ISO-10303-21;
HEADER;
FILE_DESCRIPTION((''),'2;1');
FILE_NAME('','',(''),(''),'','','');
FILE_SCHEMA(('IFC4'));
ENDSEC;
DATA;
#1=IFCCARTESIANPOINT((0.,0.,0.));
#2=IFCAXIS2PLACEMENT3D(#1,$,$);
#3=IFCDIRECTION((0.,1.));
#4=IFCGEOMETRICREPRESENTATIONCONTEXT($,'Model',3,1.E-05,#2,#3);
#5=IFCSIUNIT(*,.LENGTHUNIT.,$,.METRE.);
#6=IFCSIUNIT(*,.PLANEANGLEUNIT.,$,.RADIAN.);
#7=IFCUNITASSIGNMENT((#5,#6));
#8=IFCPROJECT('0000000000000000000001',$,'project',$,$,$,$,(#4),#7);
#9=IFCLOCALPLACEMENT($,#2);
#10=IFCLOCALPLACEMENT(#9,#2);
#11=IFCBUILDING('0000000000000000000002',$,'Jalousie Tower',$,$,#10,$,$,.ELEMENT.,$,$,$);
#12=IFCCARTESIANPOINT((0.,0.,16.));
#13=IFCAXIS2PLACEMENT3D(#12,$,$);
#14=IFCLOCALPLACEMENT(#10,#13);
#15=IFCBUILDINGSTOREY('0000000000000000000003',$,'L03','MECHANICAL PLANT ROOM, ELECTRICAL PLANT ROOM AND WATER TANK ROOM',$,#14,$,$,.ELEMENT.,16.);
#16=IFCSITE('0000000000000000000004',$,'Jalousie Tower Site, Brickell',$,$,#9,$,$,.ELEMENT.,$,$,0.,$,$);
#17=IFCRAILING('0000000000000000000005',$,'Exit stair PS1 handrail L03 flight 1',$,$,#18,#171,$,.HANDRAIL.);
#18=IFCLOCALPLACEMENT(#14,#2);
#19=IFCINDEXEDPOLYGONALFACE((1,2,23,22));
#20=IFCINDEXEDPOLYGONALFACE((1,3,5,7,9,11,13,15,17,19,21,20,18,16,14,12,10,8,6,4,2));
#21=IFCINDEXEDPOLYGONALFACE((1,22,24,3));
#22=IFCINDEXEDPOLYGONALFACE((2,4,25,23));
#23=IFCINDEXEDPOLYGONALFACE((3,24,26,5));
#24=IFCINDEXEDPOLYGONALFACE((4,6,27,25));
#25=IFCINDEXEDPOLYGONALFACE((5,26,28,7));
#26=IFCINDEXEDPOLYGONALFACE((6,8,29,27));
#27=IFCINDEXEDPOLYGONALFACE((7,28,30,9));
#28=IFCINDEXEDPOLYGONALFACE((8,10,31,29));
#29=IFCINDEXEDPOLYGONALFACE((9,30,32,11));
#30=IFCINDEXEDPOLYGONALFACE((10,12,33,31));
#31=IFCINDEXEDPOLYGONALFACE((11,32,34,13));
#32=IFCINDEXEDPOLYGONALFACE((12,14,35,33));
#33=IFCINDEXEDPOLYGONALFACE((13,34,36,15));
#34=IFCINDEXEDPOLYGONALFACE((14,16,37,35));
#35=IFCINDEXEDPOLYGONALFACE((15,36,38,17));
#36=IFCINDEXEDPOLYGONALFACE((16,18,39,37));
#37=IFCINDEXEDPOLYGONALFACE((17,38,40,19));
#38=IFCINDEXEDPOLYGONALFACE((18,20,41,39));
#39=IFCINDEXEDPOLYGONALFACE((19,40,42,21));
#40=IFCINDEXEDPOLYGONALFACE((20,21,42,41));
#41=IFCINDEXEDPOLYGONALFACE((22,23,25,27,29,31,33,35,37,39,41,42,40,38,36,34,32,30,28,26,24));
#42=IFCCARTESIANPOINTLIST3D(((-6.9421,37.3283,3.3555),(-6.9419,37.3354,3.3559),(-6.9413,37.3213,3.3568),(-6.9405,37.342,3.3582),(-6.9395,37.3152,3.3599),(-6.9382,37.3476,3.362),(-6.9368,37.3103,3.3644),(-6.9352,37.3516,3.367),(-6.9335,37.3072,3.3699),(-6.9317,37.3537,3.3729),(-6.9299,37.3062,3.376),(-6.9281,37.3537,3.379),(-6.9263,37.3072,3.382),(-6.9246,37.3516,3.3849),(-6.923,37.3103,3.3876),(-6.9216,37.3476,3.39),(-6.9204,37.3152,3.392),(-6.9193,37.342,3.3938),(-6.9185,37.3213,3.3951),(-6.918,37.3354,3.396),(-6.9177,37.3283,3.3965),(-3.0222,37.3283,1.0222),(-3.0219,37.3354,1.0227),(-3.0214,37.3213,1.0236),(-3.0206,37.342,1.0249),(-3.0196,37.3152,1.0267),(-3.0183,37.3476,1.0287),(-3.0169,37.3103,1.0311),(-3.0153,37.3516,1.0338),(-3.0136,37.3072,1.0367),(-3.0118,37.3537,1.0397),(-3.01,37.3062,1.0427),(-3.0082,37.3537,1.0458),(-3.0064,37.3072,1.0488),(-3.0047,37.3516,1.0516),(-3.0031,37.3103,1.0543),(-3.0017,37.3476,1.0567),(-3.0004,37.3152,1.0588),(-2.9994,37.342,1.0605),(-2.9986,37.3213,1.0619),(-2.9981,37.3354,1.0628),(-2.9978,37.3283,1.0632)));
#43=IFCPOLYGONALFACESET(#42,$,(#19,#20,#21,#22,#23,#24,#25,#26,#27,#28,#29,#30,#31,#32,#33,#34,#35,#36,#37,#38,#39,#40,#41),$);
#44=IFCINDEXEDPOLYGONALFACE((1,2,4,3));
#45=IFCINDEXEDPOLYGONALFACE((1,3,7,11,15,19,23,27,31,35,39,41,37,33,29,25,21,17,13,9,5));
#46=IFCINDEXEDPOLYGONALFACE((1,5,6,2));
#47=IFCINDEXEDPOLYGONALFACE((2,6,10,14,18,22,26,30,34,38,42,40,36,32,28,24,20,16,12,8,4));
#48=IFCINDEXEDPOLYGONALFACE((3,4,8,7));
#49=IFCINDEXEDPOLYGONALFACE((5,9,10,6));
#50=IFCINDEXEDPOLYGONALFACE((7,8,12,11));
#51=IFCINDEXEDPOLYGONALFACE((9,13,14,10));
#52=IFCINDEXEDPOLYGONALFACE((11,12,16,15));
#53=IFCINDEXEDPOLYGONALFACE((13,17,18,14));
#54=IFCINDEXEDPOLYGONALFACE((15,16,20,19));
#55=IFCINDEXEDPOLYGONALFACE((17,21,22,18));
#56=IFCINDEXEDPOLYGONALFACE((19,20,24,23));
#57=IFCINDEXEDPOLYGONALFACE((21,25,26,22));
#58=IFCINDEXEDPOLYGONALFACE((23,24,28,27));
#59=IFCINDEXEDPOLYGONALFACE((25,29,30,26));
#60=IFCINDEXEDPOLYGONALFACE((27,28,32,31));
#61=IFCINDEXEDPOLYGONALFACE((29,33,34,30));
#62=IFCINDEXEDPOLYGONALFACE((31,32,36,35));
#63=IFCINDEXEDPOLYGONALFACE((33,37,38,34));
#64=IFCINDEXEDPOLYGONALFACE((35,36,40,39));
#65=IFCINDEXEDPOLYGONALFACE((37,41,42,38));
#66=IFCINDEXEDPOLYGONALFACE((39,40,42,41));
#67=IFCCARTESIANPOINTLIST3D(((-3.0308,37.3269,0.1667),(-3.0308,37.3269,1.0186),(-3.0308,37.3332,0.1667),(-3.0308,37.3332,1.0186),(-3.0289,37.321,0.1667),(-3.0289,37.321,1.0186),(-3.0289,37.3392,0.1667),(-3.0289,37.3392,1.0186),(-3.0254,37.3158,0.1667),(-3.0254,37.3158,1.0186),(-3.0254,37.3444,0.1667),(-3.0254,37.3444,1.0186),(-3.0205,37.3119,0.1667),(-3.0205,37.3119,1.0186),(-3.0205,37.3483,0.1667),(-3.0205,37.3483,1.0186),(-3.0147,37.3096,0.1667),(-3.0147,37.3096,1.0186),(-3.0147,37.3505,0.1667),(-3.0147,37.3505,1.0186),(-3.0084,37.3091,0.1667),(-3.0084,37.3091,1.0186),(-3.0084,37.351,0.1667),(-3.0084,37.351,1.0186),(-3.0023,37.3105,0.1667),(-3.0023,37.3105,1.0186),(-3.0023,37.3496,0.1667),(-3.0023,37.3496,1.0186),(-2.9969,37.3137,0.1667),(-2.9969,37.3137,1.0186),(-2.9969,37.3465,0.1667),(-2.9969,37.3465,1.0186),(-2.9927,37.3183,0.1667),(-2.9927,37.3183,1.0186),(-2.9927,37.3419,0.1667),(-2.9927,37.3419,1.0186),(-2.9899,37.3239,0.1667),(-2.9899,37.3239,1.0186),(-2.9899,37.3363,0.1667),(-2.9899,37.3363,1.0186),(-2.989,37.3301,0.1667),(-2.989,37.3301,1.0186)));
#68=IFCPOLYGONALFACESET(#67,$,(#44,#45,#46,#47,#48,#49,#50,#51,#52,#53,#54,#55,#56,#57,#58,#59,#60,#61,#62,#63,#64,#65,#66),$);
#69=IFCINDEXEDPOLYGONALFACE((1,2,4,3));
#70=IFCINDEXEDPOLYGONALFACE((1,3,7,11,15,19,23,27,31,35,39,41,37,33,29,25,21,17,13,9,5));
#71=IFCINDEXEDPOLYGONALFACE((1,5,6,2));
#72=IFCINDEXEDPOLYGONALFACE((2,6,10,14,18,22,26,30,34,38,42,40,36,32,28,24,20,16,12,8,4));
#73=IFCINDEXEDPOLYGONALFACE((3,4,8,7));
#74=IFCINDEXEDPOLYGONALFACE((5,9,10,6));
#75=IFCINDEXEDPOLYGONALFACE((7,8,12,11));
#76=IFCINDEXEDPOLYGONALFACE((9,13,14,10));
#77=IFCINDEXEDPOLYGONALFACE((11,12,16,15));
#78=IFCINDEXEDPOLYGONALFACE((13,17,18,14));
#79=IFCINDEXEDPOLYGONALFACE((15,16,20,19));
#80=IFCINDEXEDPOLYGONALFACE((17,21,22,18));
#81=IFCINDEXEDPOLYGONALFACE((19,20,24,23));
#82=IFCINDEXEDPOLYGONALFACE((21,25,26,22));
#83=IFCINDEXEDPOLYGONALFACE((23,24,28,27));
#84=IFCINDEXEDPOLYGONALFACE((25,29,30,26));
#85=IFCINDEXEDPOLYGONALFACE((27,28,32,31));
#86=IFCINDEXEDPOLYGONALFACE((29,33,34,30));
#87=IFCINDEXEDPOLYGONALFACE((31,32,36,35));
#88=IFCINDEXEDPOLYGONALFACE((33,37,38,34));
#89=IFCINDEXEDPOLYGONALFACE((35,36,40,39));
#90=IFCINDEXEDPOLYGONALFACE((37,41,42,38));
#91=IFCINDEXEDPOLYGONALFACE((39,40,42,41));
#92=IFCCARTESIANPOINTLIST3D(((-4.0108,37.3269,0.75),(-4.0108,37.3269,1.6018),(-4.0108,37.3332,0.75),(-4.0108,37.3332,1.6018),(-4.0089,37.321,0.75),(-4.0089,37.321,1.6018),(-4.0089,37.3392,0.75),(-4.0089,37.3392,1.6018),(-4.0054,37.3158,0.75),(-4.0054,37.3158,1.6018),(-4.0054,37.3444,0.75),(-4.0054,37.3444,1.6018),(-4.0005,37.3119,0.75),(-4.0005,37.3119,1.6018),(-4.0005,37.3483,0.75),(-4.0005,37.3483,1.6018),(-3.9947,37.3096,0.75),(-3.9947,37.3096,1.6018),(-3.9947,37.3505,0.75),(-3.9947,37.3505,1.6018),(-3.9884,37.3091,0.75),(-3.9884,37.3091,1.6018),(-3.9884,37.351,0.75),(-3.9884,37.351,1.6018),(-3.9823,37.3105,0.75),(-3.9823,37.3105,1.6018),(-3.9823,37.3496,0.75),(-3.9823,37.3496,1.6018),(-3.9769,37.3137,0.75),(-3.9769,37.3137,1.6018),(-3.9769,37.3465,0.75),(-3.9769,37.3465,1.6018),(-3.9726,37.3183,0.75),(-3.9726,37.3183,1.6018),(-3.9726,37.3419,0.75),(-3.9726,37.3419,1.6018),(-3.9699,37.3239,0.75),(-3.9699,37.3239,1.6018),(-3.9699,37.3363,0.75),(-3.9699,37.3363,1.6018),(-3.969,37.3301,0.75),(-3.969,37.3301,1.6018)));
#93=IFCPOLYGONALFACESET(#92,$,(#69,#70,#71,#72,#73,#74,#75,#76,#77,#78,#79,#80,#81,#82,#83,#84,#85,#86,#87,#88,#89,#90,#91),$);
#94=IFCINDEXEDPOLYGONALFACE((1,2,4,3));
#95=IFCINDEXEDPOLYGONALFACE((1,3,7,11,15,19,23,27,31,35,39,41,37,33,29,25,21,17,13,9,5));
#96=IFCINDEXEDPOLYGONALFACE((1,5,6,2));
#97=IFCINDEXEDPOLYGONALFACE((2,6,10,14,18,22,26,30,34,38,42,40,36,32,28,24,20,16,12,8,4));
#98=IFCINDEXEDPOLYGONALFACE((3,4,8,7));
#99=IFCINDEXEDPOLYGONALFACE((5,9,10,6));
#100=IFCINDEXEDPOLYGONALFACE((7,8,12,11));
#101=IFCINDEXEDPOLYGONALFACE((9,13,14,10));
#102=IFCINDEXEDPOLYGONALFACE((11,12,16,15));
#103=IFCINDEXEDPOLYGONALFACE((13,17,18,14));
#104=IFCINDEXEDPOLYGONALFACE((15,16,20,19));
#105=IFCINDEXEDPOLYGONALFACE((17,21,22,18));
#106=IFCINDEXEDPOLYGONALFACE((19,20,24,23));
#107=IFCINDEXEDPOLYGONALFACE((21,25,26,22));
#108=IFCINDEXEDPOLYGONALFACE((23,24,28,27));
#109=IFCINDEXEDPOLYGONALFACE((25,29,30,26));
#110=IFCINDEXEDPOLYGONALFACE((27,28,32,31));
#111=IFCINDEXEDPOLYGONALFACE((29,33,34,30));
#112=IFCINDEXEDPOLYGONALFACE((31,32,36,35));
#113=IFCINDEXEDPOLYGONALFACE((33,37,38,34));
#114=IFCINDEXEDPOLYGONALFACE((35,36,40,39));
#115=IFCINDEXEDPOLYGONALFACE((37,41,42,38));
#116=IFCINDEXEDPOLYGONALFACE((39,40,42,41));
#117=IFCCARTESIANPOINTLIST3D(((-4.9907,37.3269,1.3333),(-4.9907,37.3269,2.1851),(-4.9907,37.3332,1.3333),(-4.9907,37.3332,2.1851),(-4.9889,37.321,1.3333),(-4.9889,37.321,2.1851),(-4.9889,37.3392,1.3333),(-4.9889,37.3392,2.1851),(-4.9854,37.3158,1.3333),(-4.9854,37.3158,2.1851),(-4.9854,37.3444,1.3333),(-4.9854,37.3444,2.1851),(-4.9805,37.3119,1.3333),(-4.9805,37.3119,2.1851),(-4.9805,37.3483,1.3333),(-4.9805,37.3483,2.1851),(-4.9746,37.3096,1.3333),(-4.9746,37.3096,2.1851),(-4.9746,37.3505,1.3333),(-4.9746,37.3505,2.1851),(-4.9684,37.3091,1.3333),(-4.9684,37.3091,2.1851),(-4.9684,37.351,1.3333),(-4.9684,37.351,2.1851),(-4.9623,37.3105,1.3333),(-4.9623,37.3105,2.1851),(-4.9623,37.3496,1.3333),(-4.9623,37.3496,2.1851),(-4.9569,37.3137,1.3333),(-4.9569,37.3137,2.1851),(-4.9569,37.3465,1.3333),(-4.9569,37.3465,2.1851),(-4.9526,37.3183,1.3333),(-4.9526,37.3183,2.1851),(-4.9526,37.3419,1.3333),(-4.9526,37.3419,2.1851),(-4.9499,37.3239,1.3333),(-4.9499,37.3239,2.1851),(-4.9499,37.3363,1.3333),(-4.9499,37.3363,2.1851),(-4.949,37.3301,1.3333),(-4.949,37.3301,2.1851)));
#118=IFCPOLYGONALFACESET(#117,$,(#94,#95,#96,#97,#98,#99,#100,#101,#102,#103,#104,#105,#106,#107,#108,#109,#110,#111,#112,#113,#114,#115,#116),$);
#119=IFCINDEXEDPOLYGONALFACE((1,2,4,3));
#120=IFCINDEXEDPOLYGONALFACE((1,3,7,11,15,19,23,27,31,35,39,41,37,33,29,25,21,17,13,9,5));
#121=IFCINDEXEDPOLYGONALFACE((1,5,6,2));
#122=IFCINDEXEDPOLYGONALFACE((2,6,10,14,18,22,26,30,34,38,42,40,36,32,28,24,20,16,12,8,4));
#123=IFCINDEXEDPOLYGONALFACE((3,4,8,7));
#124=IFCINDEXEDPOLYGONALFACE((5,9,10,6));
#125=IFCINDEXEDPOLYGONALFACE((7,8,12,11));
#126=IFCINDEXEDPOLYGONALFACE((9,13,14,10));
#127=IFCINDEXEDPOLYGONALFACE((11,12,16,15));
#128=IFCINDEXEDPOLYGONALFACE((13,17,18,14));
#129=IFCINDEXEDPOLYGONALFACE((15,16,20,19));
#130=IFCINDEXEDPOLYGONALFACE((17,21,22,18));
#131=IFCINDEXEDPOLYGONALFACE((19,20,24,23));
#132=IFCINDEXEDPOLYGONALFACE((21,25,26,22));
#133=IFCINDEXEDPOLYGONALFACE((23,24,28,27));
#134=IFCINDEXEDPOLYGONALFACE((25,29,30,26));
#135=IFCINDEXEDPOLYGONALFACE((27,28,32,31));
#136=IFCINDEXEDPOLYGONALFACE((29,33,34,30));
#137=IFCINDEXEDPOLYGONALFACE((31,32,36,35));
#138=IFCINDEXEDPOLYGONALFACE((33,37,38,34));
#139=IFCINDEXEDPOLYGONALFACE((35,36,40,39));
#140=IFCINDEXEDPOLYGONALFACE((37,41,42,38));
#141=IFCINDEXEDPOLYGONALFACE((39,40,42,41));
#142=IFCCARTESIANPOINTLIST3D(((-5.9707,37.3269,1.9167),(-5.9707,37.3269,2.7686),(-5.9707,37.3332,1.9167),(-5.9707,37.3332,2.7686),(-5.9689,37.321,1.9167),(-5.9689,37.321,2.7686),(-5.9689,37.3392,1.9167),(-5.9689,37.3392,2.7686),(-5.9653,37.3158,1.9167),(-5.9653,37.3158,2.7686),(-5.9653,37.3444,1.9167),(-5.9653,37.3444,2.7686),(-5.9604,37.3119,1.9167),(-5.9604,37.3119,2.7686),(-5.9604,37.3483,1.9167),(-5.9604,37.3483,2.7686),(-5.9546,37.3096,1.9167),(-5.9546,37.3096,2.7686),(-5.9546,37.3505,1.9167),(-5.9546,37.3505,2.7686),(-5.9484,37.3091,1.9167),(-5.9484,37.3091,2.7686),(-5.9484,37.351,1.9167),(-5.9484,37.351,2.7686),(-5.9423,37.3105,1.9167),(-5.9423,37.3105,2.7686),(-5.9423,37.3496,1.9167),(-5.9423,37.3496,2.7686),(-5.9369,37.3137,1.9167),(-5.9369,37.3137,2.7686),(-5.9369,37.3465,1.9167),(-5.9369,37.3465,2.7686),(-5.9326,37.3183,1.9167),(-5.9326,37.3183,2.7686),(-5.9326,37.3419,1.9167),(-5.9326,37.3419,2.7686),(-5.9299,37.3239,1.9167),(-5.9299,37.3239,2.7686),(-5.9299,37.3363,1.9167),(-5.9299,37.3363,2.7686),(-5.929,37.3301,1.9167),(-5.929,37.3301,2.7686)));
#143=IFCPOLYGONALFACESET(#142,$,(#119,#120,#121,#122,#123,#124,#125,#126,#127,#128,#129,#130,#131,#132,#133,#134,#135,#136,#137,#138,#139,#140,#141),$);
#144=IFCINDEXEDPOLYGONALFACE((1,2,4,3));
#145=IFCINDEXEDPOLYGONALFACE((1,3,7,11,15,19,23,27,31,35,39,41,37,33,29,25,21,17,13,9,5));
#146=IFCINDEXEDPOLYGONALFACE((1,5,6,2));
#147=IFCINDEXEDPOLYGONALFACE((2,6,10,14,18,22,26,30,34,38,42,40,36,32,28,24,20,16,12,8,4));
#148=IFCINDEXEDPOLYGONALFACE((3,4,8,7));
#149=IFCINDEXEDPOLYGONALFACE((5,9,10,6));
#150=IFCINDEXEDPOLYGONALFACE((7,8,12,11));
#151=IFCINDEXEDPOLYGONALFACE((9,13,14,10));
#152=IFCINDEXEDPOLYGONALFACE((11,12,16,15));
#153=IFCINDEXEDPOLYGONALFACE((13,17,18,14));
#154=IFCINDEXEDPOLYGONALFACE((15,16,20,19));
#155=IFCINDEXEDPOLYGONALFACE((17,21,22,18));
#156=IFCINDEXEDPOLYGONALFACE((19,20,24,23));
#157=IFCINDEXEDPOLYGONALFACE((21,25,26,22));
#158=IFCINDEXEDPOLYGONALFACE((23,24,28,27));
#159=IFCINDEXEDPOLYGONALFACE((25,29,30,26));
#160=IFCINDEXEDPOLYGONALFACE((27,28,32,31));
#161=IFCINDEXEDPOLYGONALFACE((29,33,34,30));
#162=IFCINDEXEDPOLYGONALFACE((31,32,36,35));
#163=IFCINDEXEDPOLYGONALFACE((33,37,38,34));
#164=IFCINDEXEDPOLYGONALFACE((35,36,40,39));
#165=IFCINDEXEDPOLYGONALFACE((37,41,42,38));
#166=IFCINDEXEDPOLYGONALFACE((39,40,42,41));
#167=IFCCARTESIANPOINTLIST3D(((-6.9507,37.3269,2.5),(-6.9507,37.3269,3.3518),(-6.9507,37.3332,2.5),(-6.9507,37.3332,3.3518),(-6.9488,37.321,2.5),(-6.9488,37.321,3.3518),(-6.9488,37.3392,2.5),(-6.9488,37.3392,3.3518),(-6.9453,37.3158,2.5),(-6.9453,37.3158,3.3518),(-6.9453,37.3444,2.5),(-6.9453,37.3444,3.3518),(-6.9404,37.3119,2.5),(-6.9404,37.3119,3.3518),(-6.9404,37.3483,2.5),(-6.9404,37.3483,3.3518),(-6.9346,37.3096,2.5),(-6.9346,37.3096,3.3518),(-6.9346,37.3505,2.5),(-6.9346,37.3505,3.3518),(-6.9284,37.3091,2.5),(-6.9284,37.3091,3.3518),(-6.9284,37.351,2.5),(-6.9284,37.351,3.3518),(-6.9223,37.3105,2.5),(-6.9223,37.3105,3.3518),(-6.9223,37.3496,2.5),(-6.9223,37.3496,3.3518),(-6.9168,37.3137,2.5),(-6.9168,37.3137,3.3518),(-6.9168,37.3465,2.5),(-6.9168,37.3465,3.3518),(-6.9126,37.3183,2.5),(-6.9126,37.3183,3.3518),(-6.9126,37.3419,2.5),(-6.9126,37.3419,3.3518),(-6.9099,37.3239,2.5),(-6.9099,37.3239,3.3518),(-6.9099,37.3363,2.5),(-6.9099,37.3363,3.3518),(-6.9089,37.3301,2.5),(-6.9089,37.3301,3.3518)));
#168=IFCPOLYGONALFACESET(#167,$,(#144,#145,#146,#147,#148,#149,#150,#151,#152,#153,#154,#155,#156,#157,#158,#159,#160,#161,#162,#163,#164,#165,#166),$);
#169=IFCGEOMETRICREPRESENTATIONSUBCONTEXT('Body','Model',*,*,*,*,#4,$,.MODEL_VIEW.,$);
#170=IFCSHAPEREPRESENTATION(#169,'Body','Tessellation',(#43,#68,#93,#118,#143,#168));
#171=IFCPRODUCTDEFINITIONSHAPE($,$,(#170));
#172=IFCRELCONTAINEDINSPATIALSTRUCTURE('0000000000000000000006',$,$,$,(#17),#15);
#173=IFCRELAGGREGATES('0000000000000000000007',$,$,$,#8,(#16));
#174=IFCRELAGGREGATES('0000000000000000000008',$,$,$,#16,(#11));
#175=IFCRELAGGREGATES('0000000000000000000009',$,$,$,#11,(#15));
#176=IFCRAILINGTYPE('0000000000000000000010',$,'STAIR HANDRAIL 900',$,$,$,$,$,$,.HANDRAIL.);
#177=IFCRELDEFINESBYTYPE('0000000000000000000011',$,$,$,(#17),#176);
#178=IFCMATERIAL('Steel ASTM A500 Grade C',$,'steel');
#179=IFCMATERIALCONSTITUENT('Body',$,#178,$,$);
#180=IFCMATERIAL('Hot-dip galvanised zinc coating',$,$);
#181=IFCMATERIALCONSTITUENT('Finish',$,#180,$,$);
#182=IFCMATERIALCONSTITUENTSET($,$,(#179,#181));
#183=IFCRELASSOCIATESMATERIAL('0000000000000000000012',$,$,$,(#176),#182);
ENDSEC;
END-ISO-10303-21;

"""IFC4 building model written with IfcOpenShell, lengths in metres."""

from ifc_helpers import new_model, si_unit, direction, frame, origin, origin_2d, place, context, subcontext, project, spatial, circle, extrude, material, constituent, constituent_set, type_object, element, save


model = new_model("IFC4")

# Units and contexts
model_context = context("Model", 3, precision=1e-05, world=origin(), true_north=direction((0.0, 1.0)))
body_context = subcontext(model_context, "Body", "Model", "MODEL_VIEW")
ifc_project = project(units=[si_unit("LENGTHUNIT", "METRE"), si_unit("PLANEANGLEUNIT", "RADIAN")], contexts=[model_context])

# Site, building, storey
site_placement = place(None, origin())
site = spatial("IfcSite", under=ifc_project, at=site_placement, Name="Jalousie Tower Site, Brickell", CompositionType="ELEMENT", RefElevation=0.0)
building_placement = place(site_placement, origin())
building = spatial("IfcBuilding", under=site, at=building_placement, Name="Jalousie Tower", CompositionType="ELEMENT")
storey_placement = place(building_placement, frame((0.0, 0.0, 16.0)))
storey = spatial("IfcBuildingStorey", under=building, at=storey_placement, Name="L03", Description="MECHANICAL PLANT ROOM, ELECTRICAL PLANT ROOM AND WATER TANK ROOM", CompositionType="ELEMENT", Elevation=16.0)

# Railing
ifc_material_1 = material(Name="Steel ASTM A500 Grade C", Category="steel")
ifc_constituent_1 = constituent(ifc_material_1, Name="Body")
ifc_material_2 = material(Name="Hot-dip galvanised zinc coating")
ifc_constituent_2 = constituent(ifc_material_2, Name="Finish")
ifc_constituent_set_1 = constituent_set(constituents=[ifc_constituent_1, ifc_constituent_2])
railing_type_1 = type_object("IfcRailingType", Name="STAIR HANDRAIL 900", PredefinedType="HANDRAIL", material=ifc_constituent_set_1)
railing_1_placement = place(storey_placement, frame((-3.01, 37.3301, 0.1667)))
element("IfcRailing", 1, at=railing_1_placement, inside=storey, type_object=railing_type_1, Name="Exit stair PS1 handrail L03 flight 1", PredefinedType="HANDRAIL", context=body_context, shape_type="SweptSolid", body=[
    extrude(circle(Radius=0.0239, at=origin_2d()), frame((0.0, 0.0, 0.876), z_axis=(-0.859296, 0.0, 0.511478), x_axis=(0.0, -1.0, 0.0)), (0.0, 0.0, 1.0), 4.5618),
    extrude(circle(Radius=0.021, at=origin_2d()), origin(), (0.0, 0.0, 1.0), 0.8518),
    extrude(circle(Radius=0.021, at=origin_2d()), frame((-0.98, 0.0, 0.5833)), (0.0, 0.0, 1.0), 0.8518),
    extrude(circle(Radius=0.021, at=origin_2d()), frame((-1.96, 0.0, 1.1665)), (0.0, 0.0, 1.0), 0.8518),
    extrude(circle(Radius=0.021, at=origin_2d()), frame((-2.9399, 0.0, 1.75)), (0.0, 0.0, 1.0), 0.8518),
    extrude(circle(Radius=0.021, at=origin_2d()), frame((-3.9199, 0.0, 2.3333)), (0.0, 0.0, 1.0), 0.8518),
])

save(model, "model.ifc")
